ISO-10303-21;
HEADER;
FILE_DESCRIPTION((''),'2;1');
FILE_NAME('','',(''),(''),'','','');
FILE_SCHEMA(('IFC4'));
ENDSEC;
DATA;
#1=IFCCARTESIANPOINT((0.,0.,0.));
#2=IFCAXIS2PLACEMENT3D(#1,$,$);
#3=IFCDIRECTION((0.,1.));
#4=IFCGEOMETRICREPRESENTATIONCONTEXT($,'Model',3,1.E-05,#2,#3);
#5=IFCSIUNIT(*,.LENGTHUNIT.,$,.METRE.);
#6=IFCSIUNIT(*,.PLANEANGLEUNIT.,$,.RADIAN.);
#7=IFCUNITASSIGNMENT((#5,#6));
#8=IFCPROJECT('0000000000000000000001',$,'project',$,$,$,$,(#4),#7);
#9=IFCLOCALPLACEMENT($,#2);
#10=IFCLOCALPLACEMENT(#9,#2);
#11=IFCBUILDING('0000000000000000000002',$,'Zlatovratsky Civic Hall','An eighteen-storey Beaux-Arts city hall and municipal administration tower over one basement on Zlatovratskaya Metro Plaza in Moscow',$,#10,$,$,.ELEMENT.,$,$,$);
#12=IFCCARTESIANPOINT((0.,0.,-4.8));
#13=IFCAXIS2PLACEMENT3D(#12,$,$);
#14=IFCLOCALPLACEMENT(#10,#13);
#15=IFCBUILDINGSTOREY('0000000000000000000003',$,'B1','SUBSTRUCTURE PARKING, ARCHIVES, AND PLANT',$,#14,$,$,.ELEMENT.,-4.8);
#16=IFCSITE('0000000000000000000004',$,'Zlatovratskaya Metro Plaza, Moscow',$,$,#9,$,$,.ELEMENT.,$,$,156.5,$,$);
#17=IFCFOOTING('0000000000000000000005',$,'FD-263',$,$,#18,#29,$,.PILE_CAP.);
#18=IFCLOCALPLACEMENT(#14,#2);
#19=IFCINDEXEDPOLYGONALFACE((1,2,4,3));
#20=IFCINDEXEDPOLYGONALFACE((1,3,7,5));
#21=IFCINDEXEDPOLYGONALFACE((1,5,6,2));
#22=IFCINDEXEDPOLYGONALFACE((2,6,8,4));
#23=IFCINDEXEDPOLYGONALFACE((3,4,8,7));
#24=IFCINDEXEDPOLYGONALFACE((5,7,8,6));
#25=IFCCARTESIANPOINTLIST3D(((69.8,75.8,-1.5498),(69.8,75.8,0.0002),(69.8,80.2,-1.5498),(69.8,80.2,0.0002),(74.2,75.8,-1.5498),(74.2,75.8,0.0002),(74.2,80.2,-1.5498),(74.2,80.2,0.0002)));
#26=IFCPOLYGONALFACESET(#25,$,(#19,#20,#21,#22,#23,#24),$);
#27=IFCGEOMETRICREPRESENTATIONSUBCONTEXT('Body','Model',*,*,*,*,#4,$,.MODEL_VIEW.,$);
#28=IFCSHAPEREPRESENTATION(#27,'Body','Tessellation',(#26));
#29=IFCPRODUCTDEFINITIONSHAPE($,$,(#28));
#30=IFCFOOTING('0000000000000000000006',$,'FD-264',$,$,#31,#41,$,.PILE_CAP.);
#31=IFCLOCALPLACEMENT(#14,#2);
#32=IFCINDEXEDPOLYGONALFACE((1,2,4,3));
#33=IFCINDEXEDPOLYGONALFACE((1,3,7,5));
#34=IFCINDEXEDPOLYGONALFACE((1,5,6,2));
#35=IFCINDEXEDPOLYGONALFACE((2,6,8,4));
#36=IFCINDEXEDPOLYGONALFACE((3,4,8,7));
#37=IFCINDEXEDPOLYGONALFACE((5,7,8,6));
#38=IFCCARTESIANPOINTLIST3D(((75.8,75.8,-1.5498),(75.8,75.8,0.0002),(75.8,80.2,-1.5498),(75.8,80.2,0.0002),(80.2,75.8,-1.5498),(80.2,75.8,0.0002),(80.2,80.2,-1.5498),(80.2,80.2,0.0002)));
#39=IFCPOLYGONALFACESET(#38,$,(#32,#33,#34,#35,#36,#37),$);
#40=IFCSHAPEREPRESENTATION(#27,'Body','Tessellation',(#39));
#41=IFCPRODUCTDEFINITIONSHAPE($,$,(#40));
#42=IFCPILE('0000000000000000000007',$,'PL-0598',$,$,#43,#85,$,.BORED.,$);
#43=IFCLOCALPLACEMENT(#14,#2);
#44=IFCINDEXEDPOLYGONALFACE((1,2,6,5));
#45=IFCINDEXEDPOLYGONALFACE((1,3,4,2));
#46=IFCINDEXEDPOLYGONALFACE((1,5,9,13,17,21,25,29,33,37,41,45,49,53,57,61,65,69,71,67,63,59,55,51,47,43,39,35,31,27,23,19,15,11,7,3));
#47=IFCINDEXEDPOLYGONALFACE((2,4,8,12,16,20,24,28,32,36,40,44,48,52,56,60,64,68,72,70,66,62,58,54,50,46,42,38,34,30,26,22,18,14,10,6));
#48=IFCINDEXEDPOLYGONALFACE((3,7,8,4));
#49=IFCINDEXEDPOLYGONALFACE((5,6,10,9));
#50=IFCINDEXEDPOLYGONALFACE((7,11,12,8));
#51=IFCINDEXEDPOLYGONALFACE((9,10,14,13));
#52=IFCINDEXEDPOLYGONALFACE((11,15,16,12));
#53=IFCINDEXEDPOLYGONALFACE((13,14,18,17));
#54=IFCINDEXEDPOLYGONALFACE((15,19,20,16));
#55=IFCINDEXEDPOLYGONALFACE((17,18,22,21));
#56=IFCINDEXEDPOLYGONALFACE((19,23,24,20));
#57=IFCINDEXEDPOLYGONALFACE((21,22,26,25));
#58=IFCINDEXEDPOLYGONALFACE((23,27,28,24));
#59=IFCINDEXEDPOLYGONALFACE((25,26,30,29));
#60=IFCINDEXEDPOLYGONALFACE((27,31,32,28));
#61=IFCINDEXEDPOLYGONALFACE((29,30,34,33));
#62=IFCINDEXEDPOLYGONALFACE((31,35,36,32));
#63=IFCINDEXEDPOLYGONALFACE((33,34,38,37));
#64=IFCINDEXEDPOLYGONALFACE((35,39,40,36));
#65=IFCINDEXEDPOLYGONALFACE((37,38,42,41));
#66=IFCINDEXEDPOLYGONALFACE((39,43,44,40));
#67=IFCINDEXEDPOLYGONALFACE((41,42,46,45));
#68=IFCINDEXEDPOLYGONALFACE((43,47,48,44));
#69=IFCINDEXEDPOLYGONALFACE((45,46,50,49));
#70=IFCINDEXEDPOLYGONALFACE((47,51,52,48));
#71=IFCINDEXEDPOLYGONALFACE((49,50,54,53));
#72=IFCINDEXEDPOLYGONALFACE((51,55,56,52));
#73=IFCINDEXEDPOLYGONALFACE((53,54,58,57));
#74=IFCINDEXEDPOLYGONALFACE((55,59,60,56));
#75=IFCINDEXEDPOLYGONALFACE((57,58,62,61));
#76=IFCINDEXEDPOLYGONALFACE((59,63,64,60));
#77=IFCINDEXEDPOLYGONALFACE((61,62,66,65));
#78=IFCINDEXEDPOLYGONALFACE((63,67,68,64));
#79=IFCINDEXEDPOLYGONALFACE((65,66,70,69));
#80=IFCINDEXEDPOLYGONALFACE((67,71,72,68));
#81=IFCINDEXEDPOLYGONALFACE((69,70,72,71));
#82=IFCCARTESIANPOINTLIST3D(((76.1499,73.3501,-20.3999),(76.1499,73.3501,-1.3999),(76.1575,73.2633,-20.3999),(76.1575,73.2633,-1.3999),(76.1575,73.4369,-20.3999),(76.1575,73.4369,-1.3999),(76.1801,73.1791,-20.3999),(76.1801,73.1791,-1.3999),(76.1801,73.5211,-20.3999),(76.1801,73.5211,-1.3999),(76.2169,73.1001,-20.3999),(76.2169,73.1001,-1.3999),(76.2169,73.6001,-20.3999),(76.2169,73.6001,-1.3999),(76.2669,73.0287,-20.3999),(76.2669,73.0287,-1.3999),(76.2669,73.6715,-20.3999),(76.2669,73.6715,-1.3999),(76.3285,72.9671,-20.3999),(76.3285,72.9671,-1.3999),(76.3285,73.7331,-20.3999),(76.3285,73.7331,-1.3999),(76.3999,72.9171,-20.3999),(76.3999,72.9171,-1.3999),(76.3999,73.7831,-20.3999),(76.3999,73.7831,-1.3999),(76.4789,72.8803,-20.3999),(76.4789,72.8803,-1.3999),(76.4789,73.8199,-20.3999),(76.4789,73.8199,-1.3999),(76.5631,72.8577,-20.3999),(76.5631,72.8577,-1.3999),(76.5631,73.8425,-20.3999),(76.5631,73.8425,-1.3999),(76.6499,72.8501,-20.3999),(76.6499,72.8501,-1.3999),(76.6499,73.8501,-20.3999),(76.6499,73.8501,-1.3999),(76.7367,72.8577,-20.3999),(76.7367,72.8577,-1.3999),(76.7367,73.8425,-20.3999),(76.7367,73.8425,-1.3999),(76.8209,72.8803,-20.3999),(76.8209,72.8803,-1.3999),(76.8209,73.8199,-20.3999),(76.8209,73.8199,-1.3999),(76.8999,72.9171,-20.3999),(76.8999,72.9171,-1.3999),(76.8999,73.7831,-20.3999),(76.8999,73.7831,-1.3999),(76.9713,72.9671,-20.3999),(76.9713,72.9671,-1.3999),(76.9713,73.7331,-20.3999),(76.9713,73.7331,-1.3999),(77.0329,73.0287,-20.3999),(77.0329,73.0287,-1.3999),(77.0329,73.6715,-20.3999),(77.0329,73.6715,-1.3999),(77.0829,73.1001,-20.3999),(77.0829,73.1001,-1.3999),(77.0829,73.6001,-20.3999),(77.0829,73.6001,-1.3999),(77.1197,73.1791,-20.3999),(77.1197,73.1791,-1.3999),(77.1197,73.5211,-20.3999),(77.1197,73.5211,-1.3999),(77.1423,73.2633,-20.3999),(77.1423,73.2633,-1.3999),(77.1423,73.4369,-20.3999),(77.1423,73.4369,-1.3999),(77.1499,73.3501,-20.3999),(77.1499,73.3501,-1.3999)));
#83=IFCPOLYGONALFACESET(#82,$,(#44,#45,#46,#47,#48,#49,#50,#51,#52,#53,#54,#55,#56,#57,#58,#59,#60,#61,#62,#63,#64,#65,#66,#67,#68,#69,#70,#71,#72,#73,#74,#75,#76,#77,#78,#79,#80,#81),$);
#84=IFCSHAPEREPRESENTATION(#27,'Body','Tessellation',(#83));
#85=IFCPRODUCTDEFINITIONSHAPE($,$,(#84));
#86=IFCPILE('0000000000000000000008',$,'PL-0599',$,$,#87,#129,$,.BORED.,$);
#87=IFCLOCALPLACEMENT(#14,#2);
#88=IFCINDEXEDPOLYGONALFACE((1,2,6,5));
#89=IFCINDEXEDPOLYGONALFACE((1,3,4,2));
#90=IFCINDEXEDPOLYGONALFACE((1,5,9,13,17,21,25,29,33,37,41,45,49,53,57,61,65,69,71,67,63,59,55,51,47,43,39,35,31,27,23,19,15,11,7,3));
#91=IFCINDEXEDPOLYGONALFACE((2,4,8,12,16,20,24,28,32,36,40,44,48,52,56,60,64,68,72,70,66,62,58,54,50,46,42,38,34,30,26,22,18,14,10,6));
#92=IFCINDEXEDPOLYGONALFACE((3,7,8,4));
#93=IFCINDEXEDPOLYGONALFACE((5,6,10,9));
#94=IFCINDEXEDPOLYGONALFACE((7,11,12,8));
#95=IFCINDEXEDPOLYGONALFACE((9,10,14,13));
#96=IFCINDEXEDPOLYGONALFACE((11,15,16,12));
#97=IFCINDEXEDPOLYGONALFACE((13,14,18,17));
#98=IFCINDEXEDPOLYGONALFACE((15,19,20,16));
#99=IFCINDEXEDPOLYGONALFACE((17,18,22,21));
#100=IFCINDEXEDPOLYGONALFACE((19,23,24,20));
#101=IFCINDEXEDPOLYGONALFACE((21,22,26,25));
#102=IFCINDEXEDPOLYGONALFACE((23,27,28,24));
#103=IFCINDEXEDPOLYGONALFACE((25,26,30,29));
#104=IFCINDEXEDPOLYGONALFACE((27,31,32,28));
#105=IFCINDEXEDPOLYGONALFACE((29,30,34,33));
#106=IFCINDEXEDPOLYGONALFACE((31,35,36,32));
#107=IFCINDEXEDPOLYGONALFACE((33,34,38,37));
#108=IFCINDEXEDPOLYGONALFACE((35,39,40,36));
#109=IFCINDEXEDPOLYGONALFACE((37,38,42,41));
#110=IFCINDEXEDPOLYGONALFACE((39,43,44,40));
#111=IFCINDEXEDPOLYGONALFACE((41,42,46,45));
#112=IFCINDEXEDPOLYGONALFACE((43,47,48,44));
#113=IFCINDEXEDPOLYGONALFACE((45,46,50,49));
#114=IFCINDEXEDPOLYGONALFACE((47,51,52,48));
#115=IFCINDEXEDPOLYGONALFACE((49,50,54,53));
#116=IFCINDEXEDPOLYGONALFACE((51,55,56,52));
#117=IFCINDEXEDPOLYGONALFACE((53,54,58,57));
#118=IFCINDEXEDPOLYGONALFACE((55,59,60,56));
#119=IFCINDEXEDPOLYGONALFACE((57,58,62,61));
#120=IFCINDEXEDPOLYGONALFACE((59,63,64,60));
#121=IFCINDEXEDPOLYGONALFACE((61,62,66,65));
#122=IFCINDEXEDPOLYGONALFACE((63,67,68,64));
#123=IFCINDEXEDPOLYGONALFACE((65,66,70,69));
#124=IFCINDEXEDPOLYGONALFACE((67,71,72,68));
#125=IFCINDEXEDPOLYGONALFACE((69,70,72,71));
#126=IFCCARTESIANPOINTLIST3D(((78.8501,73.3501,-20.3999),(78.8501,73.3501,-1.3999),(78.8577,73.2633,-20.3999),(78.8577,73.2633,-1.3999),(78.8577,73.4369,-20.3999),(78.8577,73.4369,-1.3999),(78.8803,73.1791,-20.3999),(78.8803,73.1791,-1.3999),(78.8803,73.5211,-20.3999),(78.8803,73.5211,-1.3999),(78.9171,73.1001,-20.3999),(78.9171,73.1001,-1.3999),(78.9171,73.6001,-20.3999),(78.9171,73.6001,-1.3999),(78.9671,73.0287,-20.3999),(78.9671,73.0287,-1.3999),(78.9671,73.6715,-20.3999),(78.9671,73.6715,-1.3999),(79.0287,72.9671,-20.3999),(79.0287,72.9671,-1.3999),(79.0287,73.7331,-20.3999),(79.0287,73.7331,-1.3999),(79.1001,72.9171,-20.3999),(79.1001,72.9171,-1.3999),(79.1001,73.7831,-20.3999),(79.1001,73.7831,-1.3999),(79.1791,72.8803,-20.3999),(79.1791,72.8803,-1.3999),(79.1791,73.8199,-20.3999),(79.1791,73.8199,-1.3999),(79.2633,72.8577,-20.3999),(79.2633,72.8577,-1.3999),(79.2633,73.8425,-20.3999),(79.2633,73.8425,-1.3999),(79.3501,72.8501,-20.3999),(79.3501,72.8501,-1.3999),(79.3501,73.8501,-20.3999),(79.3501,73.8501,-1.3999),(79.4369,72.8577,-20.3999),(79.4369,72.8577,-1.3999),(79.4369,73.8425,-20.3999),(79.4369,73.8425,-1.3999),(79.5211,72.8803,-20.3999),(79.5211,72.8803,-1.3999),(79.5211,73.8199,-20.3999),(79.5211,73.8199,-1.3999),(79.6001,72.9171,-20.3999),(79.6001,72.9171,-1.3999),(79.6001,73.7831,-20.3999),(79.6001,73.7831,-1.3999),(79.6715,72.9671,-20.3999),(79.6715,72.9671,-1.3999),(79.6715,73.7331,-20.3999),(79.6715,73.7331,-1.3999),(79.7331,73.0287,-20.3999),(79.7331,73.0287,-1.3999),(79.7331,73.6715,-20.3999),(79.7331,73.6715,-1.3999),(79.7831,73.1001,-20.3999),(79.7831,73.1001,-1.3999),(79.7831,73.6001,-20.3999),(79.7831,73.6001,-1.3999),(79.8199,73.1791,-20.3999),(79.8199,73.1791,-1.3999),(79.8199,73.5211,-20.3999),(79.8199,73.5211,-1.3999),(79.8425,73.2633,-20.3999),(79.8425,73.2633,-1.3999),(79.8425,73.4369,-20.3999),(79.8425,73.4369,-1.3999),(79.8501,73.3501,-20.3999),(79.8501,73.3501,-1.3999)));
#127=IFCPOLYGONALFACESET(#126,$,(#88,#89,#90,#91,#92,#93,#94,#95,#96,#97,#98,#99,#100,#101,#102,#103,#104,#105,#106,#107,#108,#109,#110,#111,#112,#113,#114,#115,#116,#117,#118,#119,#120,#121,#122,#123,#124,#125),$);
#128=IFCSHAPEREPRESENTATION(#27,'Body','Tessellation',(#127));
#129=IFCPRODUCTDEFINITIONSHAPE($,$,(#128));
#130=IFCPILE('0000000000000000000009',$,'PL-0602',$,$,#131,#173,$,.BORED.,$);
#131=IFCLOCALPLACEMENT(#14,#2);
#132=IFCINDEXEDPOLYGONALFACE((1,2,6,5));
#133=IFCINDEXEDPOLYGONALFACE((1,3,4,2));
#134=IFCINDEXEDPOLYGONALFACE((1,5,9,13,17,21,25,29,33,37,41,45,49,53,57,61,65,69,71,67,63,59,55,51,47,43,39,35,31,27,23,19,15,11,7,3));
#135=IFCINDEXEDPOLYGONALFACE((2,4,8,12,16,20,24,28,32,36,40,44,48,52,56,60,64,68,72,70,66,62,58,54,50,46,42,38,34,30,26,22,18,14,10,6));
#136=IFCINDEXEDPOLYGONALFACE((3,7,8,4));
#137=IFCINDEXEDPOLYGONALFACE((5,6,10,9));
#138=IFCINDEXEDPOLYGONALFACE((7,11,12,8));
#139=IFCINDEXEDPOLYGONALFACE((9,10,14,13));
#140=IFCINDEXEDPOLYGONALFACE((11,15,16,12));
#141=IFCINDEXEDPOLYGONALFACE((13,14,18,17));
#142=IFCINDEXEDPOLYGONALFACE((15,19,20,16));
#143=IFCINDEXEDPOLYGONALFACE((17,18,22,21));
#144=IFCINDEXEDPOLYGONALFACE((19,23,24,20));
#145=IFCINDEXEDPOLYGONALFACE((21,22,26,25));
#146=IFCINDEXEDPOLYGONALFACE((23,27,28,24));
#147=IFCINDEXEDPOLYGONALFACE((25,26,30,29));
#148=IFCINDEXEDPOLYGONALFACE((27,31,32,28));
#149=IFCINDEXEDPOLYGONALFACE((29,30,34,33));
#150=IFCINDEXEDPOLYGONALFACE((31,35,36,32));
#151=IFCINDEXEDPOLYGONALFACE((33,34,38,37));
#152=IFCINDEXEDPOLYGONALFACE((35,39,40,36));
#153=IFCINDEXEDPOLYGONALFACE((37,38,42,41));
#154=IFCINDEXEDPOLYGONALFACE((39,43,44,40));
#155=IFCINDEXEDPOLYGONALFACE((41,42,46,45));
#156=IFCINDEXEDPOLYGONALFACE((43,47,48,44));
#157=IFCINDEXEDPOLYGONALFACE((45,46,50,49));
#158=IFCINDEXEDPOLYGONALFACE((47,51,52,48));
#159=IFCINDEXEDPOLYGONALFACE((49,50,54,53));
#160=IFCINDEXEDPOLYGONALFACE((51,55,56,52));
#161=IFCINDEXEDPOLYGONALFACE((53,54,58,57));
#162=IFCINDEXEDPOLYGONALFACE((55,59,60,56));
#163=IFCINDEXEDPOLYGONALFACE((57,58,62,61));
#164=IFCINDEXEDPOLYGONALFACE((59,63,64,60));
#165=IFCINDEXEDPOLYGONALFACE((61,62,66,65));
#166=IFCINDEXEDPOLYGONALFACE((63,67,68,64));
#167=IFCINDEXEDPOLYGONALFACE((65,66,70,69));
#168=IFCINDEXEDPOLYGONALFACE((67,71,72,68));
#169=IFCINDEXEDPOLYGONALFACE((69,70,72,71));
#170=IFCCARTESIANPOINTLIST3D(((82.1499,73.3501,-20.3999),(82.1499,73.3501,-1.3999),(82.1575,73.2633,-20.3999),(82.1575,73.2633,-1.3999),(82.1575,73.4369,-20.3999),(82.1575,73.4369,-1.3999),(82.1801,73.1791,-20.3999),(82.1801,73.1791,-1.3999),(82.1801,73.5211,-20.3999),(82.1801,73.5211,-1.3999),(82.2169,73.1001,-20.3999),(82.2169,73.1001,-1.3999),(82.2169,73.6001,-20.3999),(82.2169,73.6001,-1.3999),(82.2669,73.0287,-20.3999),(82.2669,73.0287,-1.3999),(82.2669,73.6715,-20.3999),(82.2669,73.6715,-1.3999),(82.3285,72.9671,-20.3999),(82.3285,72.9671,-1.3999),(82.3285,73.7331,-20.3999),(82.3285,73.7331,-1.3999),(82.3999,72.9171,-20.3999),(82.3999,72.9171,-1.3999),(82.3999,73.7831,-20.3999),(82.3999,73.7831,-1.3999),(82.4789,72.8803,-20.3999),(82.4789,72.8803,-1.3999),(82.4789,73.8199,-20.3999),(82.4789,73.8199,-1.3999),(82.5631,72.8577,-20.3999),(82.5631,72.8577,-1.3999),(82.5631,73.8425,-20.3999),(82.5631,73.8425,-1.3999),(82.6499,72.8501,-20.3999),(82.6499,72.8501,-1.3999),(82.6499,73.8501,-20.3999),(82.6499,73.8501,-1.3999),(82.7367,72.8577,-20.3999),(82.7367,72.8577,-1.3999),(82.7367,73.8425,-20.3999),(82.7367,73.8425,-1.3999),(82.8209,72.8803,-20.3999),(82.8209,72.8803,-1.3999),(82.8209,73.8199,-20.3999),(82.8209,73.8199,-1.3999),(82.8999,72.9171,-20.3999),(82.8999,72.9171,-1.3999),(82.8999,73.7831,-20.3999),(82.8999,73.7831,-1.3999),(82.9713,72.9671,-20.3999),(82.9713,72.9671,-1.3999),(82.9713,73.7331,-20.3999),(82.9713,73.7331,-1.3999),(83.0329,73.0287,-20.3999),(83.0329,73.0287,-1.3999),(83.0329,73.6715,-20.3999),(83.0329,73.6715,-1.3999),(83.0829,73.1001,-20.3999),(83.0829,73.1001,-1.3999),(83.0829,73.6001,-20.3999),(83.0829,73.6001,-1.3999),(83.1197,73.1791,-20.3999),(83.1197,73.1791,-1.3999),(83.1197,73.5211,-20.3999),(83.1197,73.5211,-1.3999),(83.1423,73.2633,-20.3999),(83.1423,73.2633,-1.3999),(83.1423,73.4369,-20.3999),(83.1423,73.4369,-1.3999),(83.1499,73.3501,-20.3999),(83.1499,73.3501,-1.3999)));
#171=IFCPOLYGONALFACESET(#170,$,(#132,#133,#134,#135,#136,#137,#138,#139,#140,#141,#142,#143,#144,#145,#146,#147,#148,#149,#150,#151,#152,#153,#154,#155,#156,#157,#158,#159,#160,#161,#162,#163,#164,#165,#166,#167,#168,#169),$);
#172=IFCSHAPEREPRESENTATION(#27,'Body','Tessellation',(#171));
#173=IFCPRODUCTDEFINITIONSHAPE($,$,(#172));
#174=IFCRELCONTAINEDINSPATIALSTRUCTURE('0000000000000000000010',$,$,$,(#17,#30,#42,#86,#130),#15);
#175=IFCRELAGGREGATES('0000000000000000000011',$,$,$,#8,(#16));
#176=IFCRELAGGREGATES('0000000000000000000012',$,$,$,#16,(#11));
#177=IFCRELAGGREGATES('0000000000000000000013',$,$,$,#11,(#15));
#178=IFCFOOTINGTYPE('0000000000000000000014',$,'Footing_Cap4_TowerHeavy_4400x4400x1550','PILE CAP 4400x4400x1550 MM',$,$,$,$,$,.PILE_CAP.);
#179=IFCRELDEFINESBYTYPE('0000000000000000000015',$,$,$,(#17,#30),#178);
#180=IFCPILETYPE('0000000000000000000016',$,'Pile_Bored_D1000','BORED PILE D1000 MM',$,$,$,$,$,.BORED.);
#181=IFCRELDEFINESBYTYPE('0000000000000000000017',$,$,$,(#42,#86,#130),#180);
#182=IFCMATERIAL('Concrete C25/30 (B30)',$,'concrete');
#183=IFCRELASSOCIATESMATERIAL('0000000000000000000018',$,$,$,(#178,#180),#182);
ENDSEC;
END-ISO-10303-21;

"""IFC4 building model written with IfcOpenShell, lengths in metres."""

from ifc_helpers import new_model, si_unit, direction, frame, origin, origin_2d, place, context, subcontext, project, spatial, rectangle, circle, extrude, material, material_profile, profile_set, type_object, element, save


model = new_model("IFC4")

# Units and contexts
model_context = context("Model", 3, precision=1e-05, world=origin(), true_north=direction((0.0, 1.0)))
body_context = subcontext(model_context, "Body", "Model", "MODEL_VIEW")
ifc_project = project(units=[si_unit("LENGTHUNIT", "METRE"), si_unit("PLANEANGLEUNIT", "RADIAN")], contexts=[model_context])

# Site, building, storey
site_placement = place(None, origin())
site = spatial("IfcSite", under=ifc_project, at=site_placement, Name="Zlatovratskaya Metro Plaza, Moscow", CompositionType="ELEMENT", RefElevation=156.5)
building_placement = place(site_placement, origin())
building = spatial("IfcBuilding", under=site, at=building_placement, Name="Zlatovratsky Civic Hall", Description="An eighteen-storey Beaux-Arts city hall and municipal administration tower over one basement on Zlatovratskaya Metro Plaza in Moscow", CompositionType="ELEMENT")
storey_placement = place(building_placement, frame((0.0, 0.0, -4.8)))
storey = spatial("IfcBuildingStorey", under=building, at=storey_placement, Name="B1", Description="SUBSTRUCTURE PARKING, ARCHIVES, AND PLANT", CompositionType="ELEMENT", Elevation=-4.8)

# Footings
ifc_material_1 = material(Name="Concrete C25/30 (B30)", Category="concrete")
footing_type = type_object("IfcFootingType", Name="Footing_Cap4_TowerHeavy_4400x4400x1550", Description="PILE CAP 4400x4400x1550 MM", PredefinedType="PILE_CAP", material=ifc_material_1)
for number, where, z_axis, x_axis, name in (
    (1, (72.0, 78.0, -1.5498), (0.0, 0.0, 1.0), (1.0, 0.0, 0.0), "FD-263"),
    (2, (78.0, 78.0, -1.5498), (0.0, 0.0, 1.0), (1.0, 0.0, 0.0), "FD-264"),
):
    element("IfcFooting", number, at=place(storey_placement, frame(where, z_axis=z_axis, x_axis=x_axis)), inside=storey, type_object=footing_type, Name=name, PredefinedType="PILE_CAP", context=body_context, shape_type="SweptSolid", body=[
        extrude(rectangle(XDim=4.3999, YDim=4.3999, at=origin_2d()), origin(), (0.0, 0.0, 1.0), 1.55),
    ])

# Piles
ifc_material_profile_1 = material_profile(ifc_material_1, circle(Radius=0.5, at=origin_2d()), Name="PILE D1000")
ifc_profile_set_1 = profile_set([ifc_material_profile_1], Name="Concrete C25/30 (B30)")
pile_type_1 = type_object("IfcPileType", Name="Pile_Bored_D1000", Description="BORED PILE D1000 MM", PredefinedType="BORED", material=ifc_profile_set_1)
for number, where, z_axis, x_axis, name in (
    (3, (76.6499, 73.3501, -1.3999), (0.0, 0.0, -1.0), (1.0, 0.0, 0.0), "PL-0598"),
    (4, (79.3501, 73.3501, -1.3999), (0.0, 0.0, -1.0), (1.0, 0.0, 0.0), "PL-0599"),
    (5, (82.6499, 73.3501, -1.3999), (0.0, 0.0, -1.0), (1.0, 0.0, 0.0), "PL-0602"),
):
    element("IfcPile", number, at=place(storey_placement, frame(where, z_axis=z_axis, x_axis=x_axis)), inside=storey, type_object=pile_type_1, Name=name, PredefinedType="BORED", context=body_context, shape_type="SweptSolid", body=[
        extrude(circle(Radius=0.5, at=origin_2d()), origin(), (0.0, 0.0, 1.0), 19.0),
    ])

save(model, "model.ifc")
